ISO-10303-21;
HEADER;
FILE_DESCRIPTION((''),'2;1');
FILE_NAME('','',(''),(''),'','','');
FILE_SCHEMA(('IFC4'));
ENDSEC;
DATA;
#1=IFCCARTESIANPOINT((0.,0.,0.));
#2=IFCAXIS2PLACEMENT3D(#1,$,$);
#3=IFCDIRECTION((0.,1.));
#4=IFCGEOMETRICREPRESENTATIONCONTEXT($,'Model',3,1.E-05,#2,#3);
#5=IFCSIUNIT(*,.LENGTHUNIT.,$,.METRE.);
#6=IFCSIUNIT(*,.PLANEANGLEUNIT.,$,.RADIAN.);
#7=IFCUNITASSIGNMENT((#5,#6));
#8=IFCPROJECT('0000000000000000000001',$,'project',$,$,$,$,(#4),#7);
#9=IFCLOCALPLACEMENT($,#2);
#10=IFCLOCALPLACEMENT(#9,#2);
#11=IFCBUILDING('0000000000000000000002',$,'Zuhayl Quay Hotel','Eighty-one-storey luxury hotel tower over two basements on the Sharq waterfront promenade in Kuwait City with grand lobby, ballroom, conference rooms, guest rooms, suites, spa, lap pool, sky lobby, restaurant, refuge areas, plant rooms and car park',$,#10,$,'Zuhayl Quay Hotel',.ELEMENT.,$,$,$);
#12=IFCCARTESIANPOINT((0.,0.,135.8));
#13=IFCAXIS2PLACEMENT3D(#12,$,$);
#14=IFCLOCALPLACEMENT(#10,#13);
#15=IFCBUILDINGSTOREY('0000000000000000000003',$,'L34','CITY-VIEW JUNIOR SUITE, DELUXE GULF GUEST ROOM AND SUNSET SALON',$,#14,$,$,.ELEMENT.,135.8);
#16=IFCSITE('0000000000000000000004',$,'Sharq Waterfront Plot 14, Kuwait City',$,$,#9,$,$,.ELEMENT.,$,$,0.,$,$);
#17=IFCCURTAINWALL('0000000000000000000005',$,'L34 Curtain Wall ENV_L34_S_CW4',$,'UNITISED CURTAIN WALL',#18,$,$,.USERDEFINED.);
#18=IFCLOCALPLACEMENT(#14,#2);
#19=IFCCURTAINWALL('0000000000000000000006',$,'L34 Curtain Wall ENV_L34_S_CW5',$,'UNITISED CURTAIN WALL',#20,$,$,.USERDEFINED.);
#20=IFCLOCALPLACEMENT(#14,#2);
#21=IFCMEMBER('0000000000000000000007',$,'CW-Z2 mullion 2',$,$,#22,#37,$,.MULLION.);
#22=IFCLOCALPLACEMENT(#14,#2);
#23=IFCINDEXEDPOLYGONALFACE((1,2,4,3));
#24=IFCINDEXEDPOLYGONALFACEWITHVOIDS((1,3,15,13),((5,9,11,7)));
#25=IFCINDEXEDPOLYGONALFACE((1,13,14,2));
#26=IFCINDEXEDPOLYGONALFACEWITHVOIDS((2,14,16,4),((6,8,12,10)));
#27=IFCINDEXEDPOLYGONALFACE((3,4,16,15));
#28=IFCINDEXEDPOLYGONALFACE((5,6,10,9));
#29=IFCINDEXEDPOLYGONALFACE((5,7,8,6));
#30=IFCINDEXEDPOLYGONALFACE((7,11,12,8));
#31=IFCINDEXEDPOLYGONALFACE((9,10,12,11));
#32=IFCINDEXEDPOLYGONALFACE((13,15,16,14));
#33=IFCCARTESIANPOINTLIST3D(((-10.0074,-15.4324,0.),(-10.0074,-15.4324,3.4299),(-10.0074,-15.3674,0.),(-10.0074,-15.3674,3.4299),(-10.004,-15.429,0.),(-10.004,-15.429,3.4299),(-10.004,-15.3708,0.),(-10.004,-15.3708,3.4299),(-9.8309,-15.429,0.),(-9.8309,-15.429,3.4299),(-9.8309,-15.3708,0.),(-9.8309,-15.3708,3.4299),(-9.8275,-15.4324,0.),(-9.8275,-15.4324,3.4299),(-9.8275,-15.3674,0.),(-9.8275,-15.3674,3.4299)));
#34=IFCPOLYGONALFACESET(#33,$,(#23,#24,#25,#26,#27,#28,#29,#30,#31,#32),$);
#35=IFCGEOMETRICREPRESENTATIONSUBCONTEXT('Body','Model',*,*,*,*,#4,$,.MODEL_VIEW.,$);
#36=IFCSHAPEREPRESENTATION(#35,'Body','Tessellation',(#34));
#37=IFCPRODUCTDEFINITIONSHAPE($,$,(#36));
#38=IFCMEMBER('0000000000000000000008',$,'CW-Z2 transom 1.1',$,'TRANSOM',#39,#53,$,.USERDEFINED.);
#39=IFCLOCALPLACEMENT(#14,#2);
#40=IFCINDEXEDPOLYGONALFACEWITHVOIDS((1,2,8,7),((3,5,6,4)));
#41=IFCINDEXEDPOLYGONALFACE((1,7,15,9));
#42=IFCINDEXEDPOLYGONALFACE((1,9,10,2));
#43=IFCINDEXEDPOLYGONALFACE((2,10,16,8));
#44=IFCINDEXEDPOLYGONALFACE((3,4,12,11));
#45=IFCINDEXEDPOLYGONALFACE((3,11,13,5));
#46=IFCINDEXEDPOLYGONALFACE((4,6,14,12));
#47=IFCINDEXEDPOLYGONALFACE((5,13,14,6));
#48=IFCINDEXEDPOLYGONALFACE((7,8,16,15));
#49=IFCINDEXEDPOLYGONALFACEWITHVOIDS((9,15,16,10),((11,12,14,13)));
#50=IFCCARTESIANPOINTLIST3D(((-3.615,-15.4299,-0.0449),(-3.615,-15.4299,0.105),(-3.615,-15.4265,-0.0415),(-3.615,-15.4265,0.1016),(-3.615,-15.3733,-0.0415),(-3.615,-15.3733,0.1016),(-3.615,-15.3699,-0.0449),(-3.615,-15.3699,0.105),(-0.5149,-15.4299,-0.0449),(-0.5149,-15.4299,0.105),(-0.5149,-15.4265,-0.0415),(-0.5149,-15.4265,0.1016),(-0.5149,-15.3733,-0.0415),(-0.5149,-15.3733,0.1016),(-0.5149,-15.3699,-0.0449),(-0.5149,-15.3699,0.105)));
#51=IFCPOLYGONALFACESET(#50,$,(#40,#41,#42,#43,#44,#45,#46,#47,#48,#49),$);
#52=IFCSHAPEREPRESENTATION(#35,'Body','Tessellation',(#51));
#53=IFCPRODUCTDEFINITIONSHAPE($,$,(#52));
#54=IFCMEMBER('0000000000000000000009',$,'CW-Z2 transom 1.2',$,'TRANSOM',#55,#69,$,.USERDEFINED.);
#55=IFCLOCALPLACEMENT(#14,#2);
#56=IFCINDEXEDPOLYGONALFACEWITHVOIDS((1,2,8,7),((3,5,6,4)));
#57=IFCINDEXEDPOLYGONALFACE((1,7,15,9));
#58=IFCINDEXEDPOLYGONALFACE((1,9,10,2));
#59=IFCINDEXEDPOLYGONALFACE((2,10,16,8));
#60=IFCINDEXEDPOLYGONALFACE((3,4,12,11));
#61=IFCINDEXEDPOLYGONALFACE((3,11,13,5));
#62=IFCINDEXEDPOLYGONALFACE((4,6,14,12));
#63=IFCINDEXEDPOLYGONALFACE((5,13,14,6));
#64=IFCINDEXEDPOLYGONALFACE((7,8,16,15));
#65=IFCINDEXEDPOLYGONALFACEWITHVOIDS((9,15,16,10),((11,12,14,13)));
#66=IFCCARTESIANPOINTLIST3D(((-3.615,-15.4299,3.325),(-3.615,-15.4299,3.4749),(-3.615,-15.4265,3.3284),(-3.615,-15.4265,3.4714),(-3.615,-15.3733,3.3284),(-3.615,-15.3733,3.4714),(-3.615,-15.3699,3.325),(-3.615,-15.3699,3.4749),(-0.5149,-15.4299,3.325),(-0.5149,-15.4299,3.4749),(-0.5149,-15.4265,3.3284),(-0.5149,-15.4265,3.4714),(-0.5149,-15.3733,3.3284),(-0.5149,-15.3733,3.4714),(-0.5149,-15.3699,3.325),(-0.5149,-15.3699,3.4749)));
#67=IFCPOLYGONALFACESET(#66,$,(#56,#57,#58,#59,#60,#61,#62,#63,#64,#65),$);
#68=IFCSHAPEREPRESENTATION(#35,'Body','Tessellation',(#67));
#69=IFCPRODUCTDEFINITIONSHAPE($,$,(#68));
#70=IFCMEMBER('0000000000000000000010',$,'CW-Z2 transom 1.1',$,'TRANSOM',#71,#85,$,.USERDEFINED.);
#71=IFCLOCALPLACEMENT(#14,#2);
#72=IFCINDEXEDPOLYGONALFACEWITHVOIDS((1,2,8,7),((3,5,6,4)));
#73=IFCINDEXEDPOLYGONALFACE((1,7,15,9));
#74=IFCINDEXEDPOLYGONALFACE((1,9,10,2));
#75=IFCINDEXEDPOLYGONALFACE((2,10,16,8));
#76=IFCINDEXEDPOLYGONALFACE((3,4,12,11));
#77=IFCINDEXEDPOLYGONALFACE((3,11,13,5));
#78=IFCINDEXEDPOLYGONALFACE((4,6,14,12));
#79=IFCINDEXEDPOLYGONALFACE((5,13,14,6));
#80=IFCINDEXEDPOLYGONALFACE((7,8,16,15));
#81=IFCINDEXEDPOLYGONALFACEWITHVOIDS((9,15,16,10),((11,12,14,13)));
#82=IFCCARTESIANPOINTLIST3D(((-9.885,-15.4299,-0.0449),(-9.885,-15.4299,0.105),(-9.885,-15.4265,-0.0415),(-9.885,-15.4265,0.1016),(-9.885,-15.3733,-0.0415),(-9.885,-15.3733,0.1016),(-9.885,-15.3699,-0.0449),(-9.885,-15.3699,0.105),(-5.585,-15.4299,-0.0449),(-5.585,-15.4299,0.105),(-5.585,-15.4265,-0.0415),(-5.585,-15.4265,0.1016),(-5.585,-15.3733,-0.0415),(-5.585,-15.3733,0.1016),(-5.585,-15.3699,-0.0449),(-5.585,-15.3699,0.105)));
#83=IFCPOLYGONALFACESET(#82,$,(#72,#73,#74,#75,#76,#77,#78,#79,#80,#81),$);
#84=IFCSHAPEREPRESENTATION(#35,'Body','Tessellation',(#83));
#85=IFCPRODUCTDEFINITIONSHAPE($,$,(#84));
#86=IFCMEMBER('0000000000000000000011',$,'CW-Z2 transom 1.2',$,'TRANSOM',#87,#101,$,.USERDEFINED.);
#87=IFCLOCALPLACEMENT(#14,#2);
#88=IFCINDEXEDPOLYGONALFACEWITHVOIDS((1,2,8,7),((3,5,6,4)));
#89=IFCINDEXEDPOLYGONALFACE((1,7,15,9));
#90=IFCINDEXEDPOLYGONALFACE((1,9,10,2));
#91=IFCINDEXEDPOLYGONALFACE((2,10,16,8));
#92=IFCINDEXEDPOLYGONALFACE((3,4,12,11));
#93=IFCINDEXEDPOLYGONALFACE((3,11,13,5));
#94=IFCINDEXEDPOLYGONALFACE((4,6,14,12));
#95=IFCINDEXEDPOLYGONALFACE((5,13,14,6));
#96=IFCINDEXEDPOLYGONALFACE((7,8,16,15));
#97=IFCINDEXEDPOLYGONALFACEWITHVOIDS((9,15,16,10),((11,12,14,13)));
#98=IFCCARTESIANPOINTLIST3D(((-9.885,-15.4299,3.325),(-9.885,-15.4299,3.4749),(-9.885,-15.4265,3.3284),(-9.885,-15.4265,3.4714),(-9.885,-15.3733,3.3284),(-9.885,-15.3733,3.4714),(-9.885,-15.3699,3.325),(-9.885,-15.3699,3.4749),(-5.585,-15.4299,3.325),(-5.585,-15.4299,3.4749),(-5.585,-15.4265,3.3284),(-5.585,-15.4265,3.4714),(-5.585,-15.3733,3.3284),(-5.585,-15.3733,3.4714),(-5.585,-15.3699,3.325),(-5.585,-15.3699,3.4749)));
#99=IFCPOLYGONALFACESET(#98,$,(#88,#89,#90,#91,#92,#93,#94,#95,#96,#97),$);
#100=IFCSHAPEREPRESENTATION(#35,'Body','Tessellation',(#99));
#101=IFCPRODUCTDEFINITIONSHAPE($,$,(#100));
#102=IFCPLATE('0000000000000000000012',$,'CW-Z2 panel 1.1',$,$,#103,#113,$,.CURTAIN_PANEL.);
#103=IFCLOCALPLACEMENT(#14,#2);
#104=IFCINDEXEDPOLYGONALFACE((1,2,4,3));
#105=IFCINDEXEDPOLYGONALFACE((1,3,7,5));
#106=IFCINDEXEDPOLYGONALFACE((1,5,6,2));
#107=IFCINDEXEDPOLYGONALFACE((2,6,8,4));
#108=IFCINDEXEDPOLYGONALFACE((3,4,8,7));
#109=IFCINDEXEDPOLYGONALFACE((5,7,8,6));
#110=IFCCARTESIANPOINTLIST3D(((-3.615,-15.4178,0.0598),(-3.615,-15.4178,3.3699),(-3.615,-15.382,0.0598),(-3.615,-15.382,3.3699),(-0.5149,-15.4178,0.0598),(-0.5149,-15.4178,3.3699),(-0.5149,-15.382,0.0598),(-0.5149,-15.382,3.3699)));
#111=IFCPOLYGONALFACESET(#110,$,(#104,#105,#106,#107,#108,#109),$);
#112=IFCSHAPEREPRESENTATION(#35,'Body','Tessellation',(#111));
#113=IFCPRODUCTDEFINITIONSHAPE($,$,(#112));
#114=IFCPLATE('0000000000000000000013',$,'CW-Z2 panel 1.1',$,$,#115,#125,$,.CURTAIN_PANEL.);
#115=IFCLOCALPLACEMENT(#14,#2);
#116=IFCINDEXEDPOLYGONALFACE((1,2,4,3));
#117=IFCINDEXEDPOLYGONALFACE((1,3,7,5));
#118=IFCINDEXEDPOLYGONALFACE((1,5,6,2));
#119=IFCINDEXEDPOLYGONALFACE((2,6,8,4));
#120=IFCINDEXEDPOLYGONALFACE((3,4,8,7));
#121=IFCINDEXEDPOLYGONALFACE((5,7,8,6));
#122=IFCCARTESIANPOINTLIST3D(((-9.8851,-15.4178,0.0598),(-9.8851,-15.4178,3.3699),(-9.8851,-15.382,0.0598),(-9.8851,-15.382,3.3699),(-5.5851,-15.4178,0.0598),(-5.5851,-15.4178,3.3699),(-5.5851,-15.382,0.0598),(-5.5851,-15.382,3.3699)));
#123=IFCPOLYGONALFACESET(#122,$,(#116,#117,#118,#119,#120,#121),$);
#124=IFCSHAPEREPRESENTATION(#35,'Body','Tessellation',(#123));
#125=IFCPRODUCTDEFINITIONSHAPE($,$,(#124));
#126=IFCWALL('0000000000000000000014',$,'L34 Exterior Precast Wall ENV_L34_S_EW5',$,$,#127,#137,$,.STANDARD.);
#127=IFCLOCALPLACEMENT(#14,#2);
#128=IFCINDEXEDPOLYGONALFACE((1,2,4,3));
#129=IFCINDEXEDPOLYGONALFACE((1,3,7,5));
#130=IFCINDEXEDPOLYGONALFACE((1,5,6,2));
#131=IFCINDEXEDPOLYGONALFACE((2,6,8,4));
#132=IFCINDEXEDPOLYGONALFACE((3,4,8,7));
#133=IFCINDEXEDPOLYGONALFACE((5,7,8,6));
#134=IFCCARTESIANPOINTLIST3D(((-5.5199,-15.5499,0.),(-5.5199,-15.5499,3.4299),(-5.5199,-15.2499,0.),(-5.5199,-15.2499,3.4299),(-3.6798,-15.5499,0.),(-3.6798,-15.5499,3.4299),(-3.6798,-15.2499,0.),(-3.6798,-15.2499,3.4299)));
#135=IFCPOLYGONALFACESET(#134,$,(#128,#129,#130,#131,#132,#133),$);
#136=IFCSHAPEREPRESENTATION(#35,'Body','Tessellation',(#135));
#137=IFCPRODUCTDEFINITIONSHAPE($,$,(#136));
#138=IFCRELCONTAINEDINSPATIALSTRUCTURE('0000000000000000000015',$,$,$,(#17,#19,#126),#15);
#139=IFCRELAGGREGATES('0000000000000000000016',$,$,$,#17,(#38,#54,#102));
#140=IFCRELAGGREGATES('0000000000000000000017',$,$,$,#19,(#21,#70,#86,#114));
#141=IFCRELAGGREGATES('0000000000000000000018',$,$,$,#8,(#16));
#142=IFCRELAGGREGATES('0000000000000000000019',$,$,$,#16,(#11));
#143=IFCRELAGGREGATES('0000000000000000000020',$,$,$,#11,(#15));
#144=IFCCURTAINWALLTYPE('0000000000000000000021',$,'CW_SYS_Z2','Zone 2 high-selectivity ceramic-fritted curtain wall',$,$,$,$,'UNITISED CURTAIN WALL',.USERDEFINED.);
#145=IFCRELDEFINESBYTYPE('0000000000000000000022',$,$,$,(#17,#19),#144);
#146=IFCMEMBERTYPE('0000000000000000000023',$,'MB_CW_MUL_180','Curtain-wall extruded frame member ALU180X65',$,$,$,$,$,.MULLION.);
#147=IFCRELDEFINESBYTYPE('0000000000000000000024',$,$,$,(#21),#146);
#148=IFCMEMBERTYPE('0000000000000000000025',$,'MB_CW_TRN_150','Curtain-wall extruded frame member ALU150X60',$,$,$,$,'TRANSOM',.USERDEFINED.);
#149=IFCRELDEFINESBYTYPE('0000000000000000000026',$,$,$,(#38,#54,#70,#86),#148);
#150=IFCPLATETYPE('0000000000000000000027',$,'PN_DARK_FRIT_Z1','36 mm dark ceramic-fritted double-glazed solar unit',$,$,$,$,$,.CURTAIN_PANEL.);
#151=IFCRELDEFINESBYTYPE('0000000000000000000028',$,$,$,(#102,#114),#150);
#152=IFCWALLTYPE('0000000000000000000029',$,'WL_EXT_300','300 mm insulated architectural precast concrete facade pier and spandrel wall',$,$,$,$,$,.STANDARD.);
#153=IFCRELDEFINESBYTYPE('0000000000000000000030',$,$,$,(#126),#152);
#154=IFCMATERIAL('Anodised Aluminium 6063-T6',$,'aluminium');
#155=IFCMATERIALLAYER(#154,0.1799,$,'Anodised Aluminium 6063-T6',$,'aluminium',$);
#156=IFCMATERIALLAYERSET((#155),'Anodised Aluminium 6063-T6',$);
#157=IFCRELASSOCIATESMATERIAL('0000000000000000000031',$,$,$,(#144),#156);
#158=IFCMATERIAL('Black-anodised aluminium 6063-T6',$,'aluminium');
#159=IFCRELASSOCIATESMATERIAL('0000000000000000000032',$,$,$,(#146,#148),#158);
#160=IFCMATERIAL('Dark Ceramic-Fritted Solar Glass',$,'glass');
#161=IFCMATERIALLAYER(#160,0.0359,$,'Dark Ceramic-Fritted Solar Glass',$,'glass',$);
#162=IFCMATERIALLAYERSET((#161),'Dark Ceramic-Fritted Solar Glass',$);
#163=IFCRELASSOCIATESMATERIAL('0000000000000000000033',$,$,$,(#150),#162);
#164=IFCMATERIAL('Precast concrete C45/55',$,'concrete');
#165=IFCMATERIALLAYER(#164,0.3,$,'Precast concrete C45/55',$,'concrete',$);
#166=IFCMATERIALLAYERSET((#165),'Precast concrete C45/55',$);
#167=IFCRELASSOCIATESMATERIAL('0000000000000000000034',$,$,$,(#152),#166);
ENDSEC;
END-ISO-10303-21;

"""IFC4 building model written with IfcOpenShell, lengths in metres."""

from ifc_helpers import new_model, si_unit, direction, frame, frame_2d, origin, origin_2d, place, context, subcontext, project, spatial, rectangle, hollow_rectangle, extrude, material, layer, layer_set, material_profile, profile_set, type_object, element, aggregate, save


model = new_model("IFC4")

# Units and contexts
model_context = context("Model", 3, precision=1e-05, world=origin(), true_north=direction((0.0, 1.0)))
body_context = subcontext(model_context, "Body", "Model", "MODEL_VIEW")
ifc_project = project(units=[si_unit("LENGTHUNIT", "METRE"), si_unit("PLANEANGLEUNIT", "RADIAN")], contexts=[model_context])

# Site, building, storey
site_placement = place(None, origin())
site = spatial("IfcSite", under=ifc_project, at=site_placement, Name="Sharq Waterfront Plot 14, Kuwait City", CompositionType="ELEMENT", RefElevation=0.0)
building_placement = place(site_placement, origin())
building = spatial("IfcBuilding", under=site, at=building_placement, Name="Zuhayl Quay Hotel", Description="Eighty-one-storey luxury hotel tower over two basements on the Sharq waterfront promenade in Kuwait City with grand lobby, ballroom, conference rooms, guest rooms, suites, spa, lap pool, sky lobby, restaurant, refuge areas, plant rooms and car park", LongName="Zuhayl Quay Hotel", CompositionType="ELEMENT")
storey_placement = place(building_placement, frame((0.0, 0.0, 135.8)))
storey = spatial("IfcBuildingStorey", under=building, at=storey_placement, Name="L34", Description="CITY-VIEW JUNIOR SUITE, DELUXE GULF GUEST ROOM AND SUNSET SALON", CompositionType="ELEMENT", Elevation=135.8)

# Curtain walls, member
ifc_material_1 = material(Name="Anodised Aluminium 6063-T6", Category="aluminium")
ifc_layer_1 = layer(ifc_material_1, 0.1799, Name="Anodised Aluminium 6063-T6", Category="aluminium")
ifc_layer_set_1 = layer_set([ifc_layer_1], Name="Anodised Aluminium 6063-T6")
curtain_wall_type = type_object("IfcCurtainWallType", Name="CW_SYS_Z2", Description="Zone 2 high-selectivity ceramic-fritted curtain wall", ElementType="UNITISED CURTAIN WALL", PredefinedType="USERDEFINED", material=ifc_layer_set_1)
curtain_wall_1_placement = place(storey_placement, origin())
curtain_wall_1 = element("IfcCurtainWall", 1, at=curtain_wall_1_placement, inside=storey, type_object=curtain_wall_type, Name="L34 Curtain Wall ENV_L34_S_CW4", ObjectType="UNITISED CURTAIN WALL", PredefinedType="USERDEFINED")
ifc_material_2 = material(Name="Black-anodised aluminium 6063-T6", Category="aluminium")
ifc_material_profile_1 = material_profile(ifc_material_2, hollow_rectangle(XDim=0.0649, YDim=0.1799, WallThickness=0.0034, at=origin_2d()), Name="ALU180X65")
ifc_profile_set_1 = profile_set([ifc_material_profile_1], Name="Black-anodised aluminium 6063-T6")
member_type_1 = type_object("IfcMemberType", Name="MB_CW_MUL_180", Description="Curtain-wall extruded frame member ALU180X65", PredefinedType="MULLION", material=ifc_profile_set_1)
curtain_wall_2_placement = place(storey_placement, origin())
curtain_wall_2 = element("IfcCurtainWall", 2, at=curtain_wall_2_placement, inside=storey, type_object=curtain_wall_type, Name="L34 Curtain Wall ENV_L34_S_CW5", ObjectType="UNITISED CURTAIN WALL", PredefinedType="USERDEFINED")
member_1_placement = place(storey_placement, frame((-9.9175, -15.3999, 0.0), z_axis=(0.0, 0.0, 1.0), x_axis=(0.0, -1.0, 0.0)))
member_1 = element("IfcMember", 3, at=member_1_placement, type_object=member_type_1, Name="CW-Z2 mullion 2", PredefinedType="MULLION", context=body_context, shape_type="SweptSolid", body=[
    extrude(hollow_rectangle(XDim=0.0649, YDim=0.1799, WallThickness=0.0034, at=origin_2d()), origin(), (0.0, 0.0, 1.0), 3.4299),
])

# Members
ifc_material_profile_2 = material_profile(ifc_material_2, hollow_rectangle(XDim=0.0601, YDim=0.1499, WallThickness=0.0034, at=origin_2d()), Name="ALU150X60")
ifc_profile_set_2 = profile_set([ifc_material_profile_2], Name="Black-anodised aluminium 6063-T6")
member_type_2 = type_object("IfcMemberType", Name="MB_CW_TRN_150", Description="Curtain-wall extruded frame member ALU150X60", ElementType="TRANSOM", PredefinedType="USERDEFINED", material=ifc_profile_set_2)
member_2_placement = place(storey_placement, frame((-0.5149, -15.3999, 0.03), z_axis=(-1.0, 0.0, 0.0), x_axis=(0.0, -1.0, 0.0)))
member_2 = element("IfcMember", 4, at=member_2_placement, type_object=member_type_2, Name="CW-Z2 transom 1.1", ObjectType="TRANSOM", PredefinedType="USERDEFINED", context=body_context, shape_type="SweptSolid", body=[
    extrude(hollow_rectangle(XDim=0.0601, YDim=0.1499, WallThickness=0.0034, at=origin_2d()), origin(), (0.0, 0.0, 1.0), 3.1001),
])
member_3_placement = place(storey_placement, frame((-0.5149, -15.3999, 3.3999), z_axis=(-1.0, 0.0, 0.0), x_axis=(0.0, -1.0, 0.0)))
member_3 = element("IfcMember", 5, at=member_3_placement, type_object=member_type_2, Name="CW-Z2 transom 1.2", ObjectType="TRANSOM", PredefinedType="USERDEFINED", context=body_context, shape_type="SweptSolid", body=[
    extrude(hollow_rectangle(XDim=0.0601, YDim=0.1499, WallThickness=0.0034, at=origin_2d()), origin(), (0.0, 0.0, 1.0), 3.1001),
])
member_4_placement = place(storey_placement, frame((-5.585, -15.3999, 0.03), z_axis=(-1.0, 0.0, 0.0), x_axis=(0.0, -1.0, 0.0)))
member_4 = element("IfcMember", 6, at=member_4_placement, type_object=member_type_2, Name="CW-Z2 transom 1.1", ObjectType="TRANSOM", PredefinedType="USERDEFINED", context=body_context, shape_type="SweptSolid", body=[
    extrude(hollow_rectangle(XDim=0.0601, YDim=0.1499, WallThickness=0.0034, at=origin_2d()), origin(), (0.0, 0.0, 1.0), 4.3),
])
member_5_placement = place(storey_placement, frame((-5.585, -15.3999, 3.3999), z_axis=(-1.0, 0.0, 0.0), x_axis=(0.0, -1.0, 0.0)))
member_5 = element("IfcMember", 7, at=member_5_placement, type_object=member_type_2, Name="CW-Z2 transom 1.2", ObjectType="TRANSOM", PredefinedType="USERDEFINED", context=body_context, shape_type="SweptSolid", body=[
    extrude(hollow_rectangle(XDim=0.0601, YDim=0.1499, WallThickness=0.0034, at=origin_2d()), origin(), (0.0, 0.0, 1.0), 4.3),
])

# Plates
ifc_material_3 = material(Name="Dark Ceramic-Fritted Solar Glass", Category="glass")
ifc_layer_2 = layer(ifc_material_3, 0.0359, Name="Dark Ceramic-Fritted Solar Glass", Category="glass")
ifc_layer_set_2 = layer_set([ifc_layer_2], Name="Dark Ceramic-Fritted Solar Glass")
plate_type = type_object("IfcPlateType", Name="PN_DARK_FRIT_Z1", Description="36 mm dark ceramic-fritted double-glazed solar unit", PredefinedType="CURTAIN_PANEL", material=ifc_layer_set_2)
plate_1_placement = place(storey_placement, frame((-2.0649, -15.3999, 0.0598), z_axis=(0.0, 0.0, 1.0), x_axis=(-1.0, 0.0, 0.0)))
plate_1 = element("IfcPlate", 8, at=plate_1_placement, type_object=plate_type, Name="CW-Z2 panel 1.1", PredefinedType="CURTAIN_PANEL", context=body_context, shape_type="SweptSolid", body=[
    extrude(rectangle(XDim=3.1001, YDim=0.0359, at=origin_2d()), origin(), (0.0, 0.0, 1.0), 3.3101),
])
aggregate(curtain_wall_1, [member_2, member_3, plate_1])
plate_2_placement = place(storey_placement, frame((-7.7351, -15.3999, 0.0598), z_axis=(0.0, 0.0, 1.0), x_axis=(-1.0, 0.0, 0.0)))
plate_2 = element("IfcPlate", 9, at=plate_2_placement, type_object=plate_type, Name="CW-Z2 panel 1.1", PredefinedType="CURTAIN_PANEL", context=body_context, shape_type="SweptSolid", body=[
    extrude(rectangle(XDim=4.3, YDim=0.0359, at=origin_2d()), origin(), (0.0, 0.0, 1.0), 3.3101),
])
aggregate(curtain_wall_2, [member_1, member_4, member_5, plate_2])

# Wall
ifc_material_4 = material(Name="Precast concrete C45/55", Category="concrete")
ifc_layer_3 = layer(ifc_material_4, 0.3, Name="Precast concrete C45/55", Category="concrete")
ifc_layer_set_3 = layer_set([ifc_layer_3], Name="Precast concrete C45/55")
wall_type_1 = type_object("IfcWallType", Name="WL_EXT_300", Description="300 mm insulated architectural precast concrete facade pier and spandrel wall", PredefinedType="STANDARD", material=ifc_layer_set_3)
wall_1_placement = place(storey_placement, frame((-3.6799, -15.3999, 0.0), z_axis=(0.0, 0.0, 1.0), x_axis=(-1.0, 0.0, 0.0)))
element("IfcWall", 10, at=wall_1_placement, inside=storey, type_object=wall_type_1, Name="L34 Exterior Precast Wall ENV_L34_S_EW5", PredefinedType="STANDARD", context=body_context, shape_type="SweptSolid", body=[
    extrude(rectangle(XDim=1.8401, YDim=0.3, at=frame_2d((0.9199, 0.0))), origin(), (0.0, 0.0, 1.0), 3.4299),
])

save(model, "model.ifc")
